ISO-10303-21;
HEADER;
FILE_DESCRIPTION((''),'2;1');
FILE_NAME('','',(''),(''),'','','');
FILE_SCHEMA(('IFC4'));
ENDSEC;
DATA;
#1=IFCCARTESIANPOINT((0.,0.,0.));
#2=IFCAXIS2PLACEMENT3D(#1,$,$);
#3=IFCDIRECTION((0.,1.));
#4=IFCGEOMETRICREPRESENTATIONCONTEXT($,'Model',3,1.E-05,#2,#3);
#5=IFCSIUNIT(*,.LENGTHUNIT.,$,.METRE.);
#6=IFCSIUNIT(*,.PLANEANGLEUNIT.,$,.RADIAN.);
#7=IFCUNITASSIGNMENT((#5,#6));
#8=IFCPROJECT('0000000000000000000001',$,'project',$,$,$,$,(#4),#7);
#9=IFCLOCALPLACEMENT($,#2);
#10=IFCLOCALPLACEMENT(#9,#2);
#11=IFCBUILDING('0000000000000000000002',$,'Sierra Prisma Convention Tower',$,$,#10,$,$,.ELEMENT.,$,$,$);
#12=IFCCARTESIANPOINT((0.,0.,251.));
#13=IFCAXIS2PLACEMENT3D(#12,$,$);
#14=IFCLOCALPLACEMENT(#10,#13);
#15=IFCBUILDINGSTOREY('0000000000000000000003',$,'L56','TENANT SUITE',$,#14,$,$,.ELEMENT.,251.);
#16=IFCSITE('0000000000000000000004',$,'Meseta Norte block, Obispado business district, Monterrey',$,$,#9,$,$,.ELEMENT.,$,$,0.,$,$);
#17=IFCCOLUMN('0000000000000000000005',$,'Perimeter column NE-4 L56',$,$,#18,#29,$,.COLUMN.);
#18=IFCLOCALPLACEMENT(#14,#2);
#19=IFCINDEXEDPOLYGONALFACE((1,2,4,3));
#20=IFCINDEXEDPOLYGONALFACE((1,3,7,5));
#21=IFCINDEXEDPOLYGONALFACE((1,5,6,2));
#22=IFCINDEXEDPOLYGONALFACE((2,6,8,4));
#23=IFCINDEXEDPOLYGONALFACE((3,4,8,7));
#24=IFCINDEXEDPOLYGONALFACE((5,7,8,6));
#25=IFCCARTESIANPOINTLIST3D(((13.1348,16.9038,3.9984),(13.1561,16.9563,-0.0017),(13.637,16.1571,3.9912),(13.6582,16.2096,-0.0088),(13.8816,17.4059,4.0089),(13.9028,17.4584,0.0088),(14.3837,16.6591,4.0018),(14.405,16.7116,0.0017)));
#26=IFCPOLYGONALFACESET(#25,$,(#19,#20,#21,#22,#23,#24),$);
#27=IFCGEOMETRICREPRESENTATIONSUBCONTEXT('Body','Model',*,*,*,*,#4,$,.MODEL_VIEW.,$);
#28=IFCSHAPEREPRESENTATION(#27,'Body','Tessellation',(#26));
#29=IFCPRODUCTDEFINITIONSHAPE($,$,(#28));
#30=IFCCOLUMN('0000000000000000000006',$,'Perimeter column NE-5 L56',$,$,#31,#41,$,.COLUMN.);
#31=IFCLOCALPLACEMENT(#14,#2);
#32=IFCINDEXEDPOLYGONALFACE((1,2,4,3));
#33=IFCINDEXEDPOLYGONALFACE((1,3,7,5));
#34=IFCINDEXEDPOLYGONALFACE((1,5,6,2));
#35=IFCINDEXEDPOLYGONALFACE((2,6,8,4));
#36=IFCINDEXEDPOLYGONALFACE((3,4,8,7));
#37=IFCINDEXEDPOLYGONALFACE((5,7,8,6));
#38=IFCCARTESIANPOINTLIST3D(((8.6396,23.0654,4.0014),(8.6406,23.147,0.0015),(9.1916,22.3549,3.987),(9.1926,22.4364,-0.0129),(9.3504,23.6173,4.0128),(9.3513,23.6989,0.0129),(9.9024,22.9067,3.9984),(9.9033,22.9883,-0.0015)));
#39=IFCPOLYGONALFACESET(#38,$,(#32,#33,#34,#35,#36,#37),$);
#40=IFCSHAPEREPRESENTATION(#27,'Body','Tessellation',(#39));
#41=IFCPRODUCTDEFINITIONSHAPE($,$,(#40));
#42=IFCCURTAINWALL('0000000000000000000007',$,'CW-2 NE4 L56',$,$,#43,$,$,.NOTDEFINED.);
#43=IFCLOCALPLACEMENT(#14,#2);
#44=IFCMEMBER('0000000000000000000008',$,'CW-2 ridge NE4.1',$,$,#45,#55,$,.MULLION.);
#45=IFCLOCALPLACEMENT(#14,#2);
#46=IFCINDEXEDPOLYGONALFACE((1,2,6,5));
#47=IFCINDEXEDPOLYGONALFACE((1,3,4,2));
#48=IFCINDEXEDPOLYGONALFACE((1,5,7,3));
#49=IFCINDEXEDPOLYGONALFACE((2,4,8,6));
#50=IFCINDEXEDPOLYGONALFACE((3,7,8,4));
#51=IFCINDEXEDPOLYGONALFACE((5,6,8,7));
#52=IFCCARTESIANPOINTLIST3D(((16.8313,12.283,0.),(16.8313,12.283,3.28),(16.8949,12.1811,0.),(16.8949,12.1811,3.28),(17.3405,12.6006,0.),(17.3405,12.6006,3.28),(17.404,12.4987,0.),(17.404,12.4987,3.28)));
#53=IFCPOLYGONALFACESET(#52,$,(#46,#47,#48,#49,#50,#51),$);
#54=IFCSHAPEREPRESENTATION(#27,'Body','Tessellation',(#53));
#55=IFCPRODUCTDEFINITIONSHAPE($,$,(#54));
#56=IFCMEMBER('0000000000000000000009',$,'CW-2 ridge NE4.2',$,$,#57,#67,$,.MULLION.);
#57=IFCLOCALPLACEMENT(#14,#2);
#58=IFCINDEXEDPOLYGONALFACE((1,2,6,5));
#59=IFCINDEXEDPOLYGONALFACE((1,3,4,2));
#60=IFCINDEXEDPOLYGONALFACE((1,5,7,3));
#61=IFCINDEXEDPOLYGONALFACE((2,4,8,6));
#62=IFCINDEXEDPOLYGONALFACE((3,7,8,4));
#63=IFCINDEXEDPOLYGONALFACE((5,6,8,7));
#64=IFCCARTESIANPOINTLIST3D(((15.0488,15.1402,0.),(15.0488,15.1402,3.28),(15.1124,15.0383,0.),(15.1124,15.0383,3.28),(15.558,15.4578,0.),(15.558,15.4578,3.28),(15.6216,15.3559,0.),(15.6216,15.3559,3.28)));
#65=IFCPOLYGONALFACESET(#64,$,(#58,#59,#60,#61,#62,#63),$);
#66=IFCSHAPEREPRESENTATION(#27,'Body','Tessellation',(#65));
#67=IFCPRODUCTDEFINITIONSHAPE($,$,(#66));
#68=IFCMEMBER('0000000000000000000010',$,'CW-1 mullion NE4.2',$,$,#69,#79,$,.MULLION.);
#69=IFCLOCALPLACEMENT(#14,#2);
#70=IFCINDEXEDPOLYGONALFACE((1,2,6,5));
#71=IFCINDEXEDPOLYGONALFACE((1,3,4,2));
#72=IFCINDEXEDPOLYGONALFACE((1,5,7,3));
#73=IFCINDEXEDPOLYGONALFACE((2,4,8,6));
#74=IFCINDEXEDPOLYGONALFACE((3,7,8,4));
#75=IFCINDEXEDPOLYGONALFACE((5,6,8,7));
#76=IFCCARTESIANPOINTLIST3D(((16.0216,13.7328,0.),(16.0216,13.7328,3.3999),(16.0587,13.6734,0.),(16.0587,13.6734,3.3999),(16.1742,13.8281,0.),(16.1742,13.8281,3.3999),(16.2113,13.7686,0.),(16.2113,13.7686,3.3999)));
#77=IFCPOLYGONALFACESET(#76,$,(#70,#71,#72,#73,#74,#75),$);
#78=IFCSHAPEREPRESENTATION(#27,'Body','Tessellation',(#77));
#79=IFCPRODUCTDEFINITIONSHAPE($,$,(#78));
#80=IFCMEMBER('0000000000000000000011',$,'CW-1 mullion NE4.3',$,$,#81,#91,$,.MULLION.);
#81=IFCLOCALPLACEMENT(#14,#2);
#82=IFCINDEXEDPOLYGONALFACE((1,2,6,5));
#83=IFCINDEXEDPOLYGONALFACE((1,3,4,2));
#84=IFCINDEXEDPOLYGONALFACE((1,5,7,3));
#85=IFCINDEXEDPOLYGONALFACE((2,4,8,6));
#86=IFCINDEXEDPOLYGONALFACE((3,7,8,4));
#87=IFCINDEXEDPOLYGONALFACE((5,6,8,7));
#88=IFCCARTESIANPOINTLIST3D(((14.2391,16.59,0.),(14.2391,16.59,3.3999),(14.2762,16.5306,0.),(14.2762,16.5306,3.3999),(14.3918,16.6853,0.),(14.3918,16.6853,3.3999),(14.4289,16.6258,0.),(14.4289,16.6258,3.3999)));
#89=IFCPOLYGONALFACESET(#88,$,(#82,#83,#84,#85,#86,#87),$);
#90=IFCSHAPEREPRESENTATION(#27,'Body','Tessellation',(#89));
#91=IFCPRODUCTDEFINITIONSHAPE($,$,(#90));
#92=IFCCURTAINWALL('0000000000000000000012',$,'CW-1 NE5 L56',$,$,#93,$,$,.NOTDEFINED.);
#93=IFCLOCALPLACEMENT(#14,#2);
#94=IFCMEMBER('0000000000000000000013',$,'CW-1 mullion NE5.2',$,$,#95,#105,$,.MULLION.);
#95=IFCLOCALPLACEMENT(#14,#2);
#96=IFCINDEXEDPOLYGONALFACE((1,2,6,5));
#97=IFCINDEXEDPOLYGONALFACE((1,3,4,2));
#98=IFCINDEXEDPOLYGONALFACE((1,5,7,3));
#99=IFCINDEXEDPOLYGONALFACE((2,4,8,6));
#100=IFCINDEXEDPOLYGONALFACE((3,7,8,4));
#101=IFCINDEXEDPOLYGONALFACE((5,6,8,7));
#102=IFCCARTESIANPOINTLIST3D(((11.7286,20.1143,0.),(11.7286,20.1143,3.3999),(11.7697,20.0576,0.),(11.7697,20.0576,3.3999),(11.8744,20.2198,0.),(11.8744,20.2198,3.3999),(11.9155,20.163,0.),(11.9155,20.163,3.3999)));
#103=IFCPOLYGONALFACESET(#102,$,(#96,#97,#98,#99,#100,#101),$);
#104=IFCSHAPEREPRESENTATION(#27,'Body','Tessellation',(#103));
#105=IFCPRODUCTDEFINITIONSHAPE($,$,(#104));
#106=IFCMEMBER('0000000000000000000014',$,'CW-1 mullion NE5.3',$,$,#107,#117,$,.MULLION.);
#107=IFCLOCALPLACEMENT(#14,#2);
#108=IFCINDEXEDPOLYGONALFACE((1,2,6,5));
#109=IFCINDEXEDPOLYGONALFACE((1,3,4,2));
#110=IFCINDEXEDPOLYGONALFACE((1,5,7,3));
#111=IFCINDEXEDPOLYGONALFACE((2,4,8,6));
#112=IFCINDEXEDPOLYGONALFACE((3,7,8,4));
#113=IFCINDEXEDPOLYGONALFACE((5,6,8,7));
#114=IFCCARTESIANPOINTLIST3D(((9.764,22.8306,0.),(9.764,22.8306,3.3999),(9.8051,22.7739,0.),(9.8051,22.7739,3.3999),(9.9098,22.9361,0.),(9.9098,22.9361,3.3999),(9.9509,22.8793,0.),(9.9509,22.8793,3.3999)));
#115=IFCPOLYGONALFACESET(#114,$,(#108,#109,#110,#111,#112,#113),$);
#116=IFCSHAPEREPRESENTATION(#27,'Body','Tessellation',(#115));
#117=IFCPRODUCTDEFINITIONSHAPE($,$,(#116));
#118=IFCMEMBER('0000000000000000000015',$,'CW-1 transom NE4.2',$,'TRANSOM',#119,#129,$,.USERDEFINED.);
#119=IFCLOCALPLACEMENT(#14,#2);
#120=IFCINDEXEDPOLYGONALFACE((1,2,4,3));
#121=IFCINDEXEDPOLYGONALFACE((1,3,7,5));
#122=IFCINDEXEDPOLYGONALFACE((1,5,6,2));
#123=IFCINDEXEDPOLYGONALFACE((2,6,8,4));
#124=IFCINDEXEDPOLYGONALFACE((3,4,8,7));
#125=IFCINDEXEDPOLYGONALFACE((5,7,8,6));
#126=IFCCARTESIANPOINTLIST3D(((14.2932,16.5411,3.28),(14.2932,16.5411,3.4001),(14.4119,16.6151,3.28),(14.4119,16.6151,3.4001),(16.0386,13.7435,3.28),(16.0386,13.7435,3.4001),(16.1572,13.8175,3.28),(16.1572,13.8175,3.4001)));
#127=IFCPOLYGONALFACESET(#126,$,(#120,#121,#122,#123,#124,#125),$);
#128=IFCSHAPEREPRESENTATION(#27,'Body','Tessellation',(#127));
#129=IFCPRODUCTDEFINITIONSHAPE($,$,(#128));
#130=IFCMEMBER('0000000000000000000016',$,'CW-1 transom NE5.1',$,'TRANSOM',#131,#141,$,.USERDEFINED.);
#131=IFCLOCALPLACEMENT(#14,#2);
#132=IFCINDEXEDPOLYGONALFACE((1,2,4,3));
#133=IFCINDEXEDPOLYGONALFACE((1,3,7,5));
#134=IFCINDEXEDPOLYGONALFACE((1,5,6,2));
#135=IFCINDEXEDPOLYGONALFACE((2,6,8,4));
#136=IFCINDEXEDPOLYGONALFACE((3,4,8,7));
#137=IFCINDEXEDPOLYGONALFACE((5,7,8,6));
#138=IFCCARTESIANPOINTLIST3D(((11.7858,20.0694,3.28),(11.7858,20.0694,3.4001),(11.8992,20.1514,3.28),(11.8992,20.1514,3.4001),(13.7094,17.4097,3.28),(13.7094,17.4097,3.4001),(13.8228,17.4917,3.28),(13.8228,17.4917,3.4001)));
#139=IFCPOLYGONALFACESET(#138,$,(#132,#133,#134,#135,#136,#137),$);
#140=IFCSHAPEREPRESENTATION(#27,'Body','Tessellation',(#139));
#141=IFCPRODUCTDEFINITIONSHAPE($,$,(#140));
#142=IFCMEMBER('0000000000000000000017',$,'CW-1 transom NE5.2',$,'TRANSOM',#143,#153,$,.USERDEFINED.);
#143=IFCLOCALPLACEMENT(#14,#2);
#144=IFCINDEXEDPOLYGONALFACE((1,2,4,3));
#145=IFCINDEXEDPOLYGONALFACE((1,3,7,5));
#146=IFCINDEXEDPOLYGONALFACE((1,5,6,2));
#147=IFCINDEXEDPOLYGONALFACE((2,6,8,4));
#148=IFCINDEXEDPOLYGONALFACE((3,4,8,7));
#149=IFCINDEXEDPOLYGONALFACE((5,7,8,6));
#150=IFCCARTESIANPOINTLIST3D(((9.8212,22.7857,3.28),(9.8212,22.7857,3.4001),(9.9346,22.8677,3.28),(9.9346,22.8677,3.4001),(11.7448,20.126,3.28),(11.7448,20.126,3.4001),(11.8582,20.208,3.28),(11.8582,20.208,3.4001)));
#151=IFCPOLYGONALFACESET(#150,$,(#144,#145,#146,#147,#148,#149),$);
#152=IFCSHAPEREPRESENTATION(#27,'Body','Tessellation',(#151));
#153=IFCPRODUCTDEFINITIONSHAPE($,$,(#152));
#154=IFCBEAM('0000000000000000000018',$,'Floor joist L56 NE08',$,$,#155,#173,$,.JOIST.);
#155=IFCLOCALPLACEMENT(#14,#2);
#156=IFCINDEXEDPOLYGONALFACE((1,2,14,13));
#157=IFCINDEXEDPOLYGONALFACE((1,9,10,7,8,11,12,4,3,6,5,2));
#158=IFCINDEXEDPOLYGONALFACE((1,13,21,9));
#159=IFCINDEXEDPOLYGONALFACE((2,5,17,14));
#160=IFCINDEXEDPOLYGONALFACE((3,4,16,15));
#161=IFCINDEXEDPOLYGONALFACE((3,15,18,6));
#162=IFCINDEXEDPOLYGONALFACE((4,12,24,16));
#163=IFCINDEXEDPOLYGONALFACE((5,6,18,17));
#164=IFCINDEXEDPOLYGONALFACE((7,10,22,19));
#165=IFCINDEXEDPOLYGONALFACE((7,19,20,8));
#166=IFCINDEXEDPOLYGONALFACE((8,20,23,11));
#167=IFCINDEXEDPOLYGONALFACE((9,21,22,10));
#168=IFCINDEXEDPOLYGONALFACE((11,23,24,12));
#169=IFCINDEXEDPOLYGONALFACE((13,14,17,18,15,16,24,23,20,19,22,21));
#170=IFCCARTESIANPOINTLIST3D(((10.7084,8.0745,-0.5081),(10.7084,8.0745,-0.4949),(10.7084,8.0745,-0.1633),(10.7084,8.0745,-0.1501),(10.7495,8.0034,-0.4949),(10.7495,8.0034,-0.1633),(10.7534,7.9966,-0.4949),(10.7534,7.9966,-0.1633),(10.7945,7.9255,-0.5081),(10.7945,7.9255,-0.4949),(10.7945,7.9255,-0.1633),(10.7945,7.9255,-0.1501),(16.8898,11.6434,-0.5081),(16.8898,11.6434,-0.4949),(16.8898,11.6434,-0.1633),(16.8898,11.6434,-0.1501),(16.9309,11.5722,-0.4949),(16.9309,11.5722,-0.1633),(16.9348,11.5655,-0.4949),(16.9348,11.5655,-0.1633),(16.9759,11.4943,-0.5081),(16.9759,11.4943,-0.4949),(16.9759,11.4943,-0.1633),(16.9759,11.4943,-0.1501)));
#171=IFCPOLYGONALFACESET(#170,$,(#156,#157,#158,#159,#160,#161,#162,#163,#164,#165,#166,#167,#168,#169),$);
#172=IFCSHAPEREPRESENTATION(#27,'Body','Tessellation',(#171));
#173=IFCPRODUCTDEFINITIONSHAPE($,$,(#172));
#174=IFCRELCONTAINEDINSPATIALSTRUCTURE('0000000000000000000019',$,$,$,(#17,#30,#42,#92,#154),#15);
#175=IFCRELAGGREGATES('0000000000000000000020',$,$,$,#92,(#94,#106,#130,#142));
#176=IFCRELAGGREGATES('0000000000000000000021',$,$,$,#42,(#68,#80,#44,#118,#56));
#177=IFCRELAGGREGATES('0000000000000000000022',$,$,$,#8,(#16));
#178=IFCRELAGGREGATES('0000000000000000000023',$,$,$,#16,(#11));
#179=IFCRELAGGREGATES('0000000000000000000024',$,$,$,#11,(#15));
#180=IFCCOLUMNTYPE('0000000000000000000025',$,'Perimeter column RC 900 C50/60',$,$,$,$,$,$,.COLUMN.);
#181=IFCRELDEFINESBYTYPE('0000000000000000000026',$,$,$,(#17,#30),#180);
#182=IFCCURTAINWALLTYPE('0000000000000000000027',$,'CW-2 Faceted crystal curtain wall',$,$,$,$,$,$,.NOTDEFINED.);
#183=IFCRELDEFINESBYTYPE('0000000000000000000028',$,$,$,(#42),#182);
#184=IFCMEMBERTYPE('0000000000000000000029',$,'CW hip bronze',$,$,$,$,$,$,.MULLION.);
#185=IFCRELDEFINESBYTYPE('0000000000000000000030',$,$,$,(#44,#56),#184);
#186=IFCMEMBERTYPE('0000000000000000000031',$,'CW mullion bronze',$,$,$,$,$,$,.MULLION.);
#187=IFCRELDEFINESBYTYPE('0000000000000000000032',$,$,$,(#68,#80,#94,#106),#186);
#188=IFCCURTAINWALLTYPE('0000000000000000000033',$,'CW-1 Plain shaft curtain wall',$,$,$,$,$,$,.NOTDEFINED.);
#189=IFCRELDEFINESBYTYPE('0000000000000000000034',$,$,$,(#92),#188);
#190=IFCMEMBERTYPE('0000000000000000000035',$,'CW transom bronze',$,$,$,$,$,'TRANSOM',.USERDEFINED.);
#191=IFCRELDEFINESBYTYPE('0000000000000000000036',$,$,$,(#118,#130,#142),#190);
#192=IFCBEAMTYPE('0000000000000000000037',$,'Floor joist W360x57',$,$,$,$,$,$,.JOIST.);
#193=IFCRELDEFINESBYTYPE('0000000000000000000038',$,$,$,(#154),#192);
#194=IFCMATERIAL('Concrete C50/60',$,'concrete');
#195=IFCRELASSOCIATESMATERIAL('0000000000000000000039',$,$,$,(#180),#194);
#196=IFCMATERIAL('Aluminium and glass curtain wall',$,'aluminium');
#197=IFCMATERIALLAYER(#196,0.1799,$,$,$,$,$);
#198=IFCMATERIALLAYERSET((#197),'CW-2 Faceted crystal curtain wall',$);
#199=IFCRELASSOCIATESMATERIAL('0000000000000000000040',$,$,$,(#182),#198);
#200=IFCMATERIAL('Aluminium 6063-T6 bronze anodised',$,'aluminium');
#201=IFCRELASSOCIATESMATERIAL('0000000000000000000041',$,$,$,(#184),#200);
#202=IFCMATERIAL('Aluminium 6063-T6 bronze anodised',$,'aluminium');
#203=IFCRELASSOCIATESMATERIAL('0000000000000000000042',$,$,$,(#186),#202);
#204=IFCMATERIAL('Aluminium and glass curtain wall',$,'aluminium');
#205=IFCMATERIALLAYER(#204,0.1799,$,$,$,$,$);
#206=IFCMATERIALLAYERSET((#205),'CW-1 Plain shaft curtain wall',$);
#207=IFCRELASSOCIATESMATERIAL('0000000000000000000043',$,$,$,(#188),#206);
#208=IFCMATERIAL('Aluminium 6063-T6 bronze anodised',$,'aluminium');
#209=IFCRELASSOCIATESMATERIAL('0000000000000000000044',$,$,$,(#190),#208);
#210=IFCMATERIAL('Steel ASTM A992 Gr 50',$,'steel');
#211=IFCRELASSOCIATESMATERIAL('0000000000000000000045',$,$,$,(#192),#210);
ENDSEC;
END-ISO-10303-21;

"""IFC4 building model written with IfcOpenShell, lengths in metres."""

from ifc_helpers import new_model, si_unit, direction, frame, origin, origin_2d, place, context, subcontext, project, spatial, rectangle, i_section, extrude, material, layer, layer_set, material_profile, profile_set, type_object, element, aggregate, save


model = new_model("IFC4")

# Units and contexts
model_context = context("Model", 3, precision=1e-05, world=origin(), true_north=direction((0.0, 1.0)))
body_context = subcontext(model_context, "Body", "Model", "MODEL_VIEW")
ifc_project = project(units=[si_unit("LENGTHUNIT", "METRE"), si_unit("PLANEANGLEUNIT", "RADIAN")], contexts=[model_context])

# Site, building, storey
site_placement = place(None, origin())
site = spatial("IfcSite", under=ifc_project, at=site_placement, Name="Meseta Norte block, Obispado business district, Monterrey", CompositionType="ELEMENT", RefElevation=0.0)
building_placement = place(site_placement, origin())
building = spatial("IfcBuilding", under=site, at=building_placement, Name="Sierra Prisma Convention Tower", CompositionType="ELEMENT")
storey_placement = place(building_placement, frame((0.0, 0.0, 251.0)))
storey = spatial("IfcBuildingStorey", under=building, at=storey_placement, Name="L56", Description="TENANT SUITE", CompositionType="ELEMENT", Elevation=251.0)

# Columns
ifc_material_1 = material(Name="Concrete C50/60", Category="concrete")
ifc_material_profile_1 = material_profile(ifc_material_1, rectangle(XDim=0.8999, YDim=0.8999, at=origin_2d()), Name="Perimeter column RC 900 C50/60")
ifc_profile_set_1 = profile_set([ifc_material_profile_1], Name="Concrete C50/60")
column_type = type_object("IfcColumnType", Name="Perimeter column RC 900 C50/60", PredefinedType="COLUMN", material=ifc_profile_set_1)
column_1_placement = place(storey_placement, frame((13.7805, 16.834, 0.0), z_axis=(-0.00531, -0.013121, 0.9999), x_axis=(-0.557997, 0.829805, 0.007926)))
element("IfcColumn", 1, at=column_1_placement, inside=storey, type_object=column_type, Name="Perimeter column NE-4 L56", PredefinedType="COLUMN", context=body_context, shape_type="SweptSolid", body=[
    extrude(rectangle(XDim=0.8999, YDim=0.8999, at=origin_2d()), origin(), (0.0, 0.0, 1.0), 4.0005),
])
column_2_placement = place(storey_placement, frame((9.272, 23.0676, 0.0), z_axis=(-0.000244, -0.020382, 0.999792), x_axis=(-0.613402, 0.78961, 0.015947)))
element("IfcColumn", 2, at=column_2_placement, inside=storey, type_object=column_type, Name="Perimeter column NE-5 L56", PredefinedType="COLUMN", context=body_context, shape_type="SweptSolid", body=[
    extrude(rectangle(XDim=0.8999, YDim=0.8999, at=origin_2d()), origin(), (0.0, 0.0, 1.0), 4.0007),
])

# Curtain walls, members
ifc_material_2 = material(Name="Aluminium and glass curtain wall", Category="aluminium")
ifc_layer_1 = layer(ifc_material_2, 0.1799)
ifc_layer_set_1 = layer_set([ifc_layer_1], Name="CW-2 Faceted crystal curtain wall")
curtain_wall_type_1 = type_object("IfcCurtainWallType", Name="CW-2 Faceted crystal curtain wall", PredefinedType="NOTDEFINED", material=ifc_layer_set_1)
curtain_wall_1_placement = place(storey_placement, origin())
curtain_wall_1 = element("IfcCurtainWall", 3, at=curtain_wall_1_placement, inside=storey, type_object=curtain_wall_type_1, Name="CW-2 NE4 L56", PredefinedType="NOTDEFINED")
ifc_material_3 = material(Name="Aluminium 6063-T6 bronze anodised", Category="aluminium")
ifc_material_profile_2 = material_profile(ifc_material_3, rectangle(XDim=0.1201, YDim=0.6001, at=origin_2d()), Name="ALU RIDGE BLADE 120x600")
ifc_profile_set_2 = profile_set([ifc_material_profile_2], Name="Aluminium 6063-T6 bronze anodised")
member_type_1 = type_object("IfcMemberType", Name="CW hip bronze", PredefinedType="MULLION", material=ifc_profile_set_2)
member_1_placement = place(storey_placement, frame((17.1177, 12.3909, 0.0), z_axis=(0.0, 0.0, 1.0), x_axis=(-0.529312, 0.848427, 0.0)))
member_1 = element("IfcMember", 4, at=member_1_placement, type_object=member_type_1, Name="CW-2 ridge NE4.1", PredefinedType="MULLION", context=body_context, shape_type="SweptSolid", body=[
    extrude(rectangle(XDim=0.1201, YDim=0.6001, at=origin_2d()), origin(), (0.0, 0.0, 1.0), 3.28),
])
member_2_placement = place(storey_placement, frame((15.3352, 15.248, 0.0), z_axis=(0.0, 0.0, 1.0), x_axis=(-0.529312, 0.848427, 0.0)))
member_2 = element("IfcMember", 5, at=member_2_placement, type_object=member_type_1, Name="CW-2 ridge NE4.2", PredefinedType="MULLION", context=body_context, shape_type="SweptSolid", body=[
    extrude(rectangle(XDim=0.1201, YDim=0.6001, at=origin_2d()), origin(), (0.0, 0.0, 1.0), 3.28),
])
ifc_material_4 = material(Name="Aluminium 6063-T6 bronze anodised", Category="aluminium")
ifc_material_profile_3 = material_profile(ifc_material_4, rectangle(XDim=0.1799, YDim=0.0701, at=origin_2d()), Name="ALU MULLION 70x180")
ifc_profile_set_3 = profile_set([ifc_material_profile_3], Name="Aluminium 6063-T6 bronze anodised")
member_type_2 = type_object("IfcMemberType", Name="CW mullion bronze", PredefinedType="MULLION", material=ifc_profile_set_3)
member_3_placement = place(storey_placement, frame((16.1165, 13.7507, 0.0), z_axis=(0.0, 0.0, 1.0), x_axis=(-0.848427, -0.529312, 0.0)))
member_3 = element("IfcMember", 6, at=member_3_placement, type_object=member_type_2, Name="CW-1 mullion NE4.2", PredefinedType="MULLION", context=body_context, shape_type="SweptSolid", body=[
    extrude(rectangle(XDim=0.1799, YDim=0.0701, at=origin_2d()), origin(), (0.0, 0.0, 1.0), 3.3999),
])
member_4_placement = place(storey_placement, frame((14.334, 16.6079, 0.0), z_axis=(0.0, 0.0, 1.0), x_axis=(-0.848427, -0.529312, 0.0)))
member_4 = element("IfcMember", 7, at=member_4_placement, type_object=member_type_2, Name="CW-1 mullion NE4.3", PredefinedType="MULLION", context=body_context, shape_type="SweptSolid", body=[
    extrude(rectangle(XDim=0.1799, YDim=0.0701, at=origin_2d()), origin(), (0.0, 0.0, 1.0), 3.3999),
])
ifc_material_5 = material(Name="Aluminium and glass curtain wall", Category="aluminium")
ifc_layer_2 = layer(ifc_material_5, 0.1799)
ifc_layer_set_2 = layer_set([ifc_layer_2], Name="CW-1 Plain shaft curtain wall")
curtain_wall_type_2 = type_object("IfcCurtainWallType", Name="CW-1 Plain shaft curtain wall", PredefinedType="NOTDEFINED", material=ifc_layer_set_2)
curtain_wall_2_placement = place(storey_placement, origin())
curtain_wall_2 = element("IfcCurtainWall", 8, at=curtain_wall_2_placement, inside=storey, type_object=curtain_wall_type_2, Name="CW-1 NE5 L56", PredefinedType="NOTDEFINED")
member_5_placement = place(storey_placement, frame((11.822, 20.1387, 0.0), z_axis=(0.0, 0.0, 1.0), x_axis=(-0.810278, -0.586046, 0.0)))
member_5 = element("IfcMember", 9, at=member_5_placement, type_object=member_type_2, Name="CW-1 mullion NE5.2", PredefinedType="MULLION", context=body_context, shape_type="SweptSolid", body=[
    extrude(rectangle(XDim=0.1799, YDim=0.0701, at=origin_2d()), origin(), (0.0, 0.0, 1.0), 3.3999),
])
member_6_placement = place(storey_placement, frame((9.8574, 22.855, 0.0), z_axis=(0.0, 0.0, 1.0), x_axis=(-0.810278, -0.586046, 0.0)))
member_6 = element("IfcMember", 10, at=member_6_placement, type_object=member_type_2, Name="CW-1 mullion NE5.3", PredefinedType="MULLION", context=body_context, shape_type="SweptSolid", body=[
    extrude(rectangle(XDim=0.1799, YDim=0.0701, at=origin_2d()), origin(), (0.0, 0.0, 1.0), 3.3999),
])

# Members
ifc_material_6 = material(Name="Aluminium 6063-T6 bronze anodised", Category="aluminium")
ifc_material_profile_4 = material_profile(ifc_material_6, rectangle(XDim=0.1399, YDim=0.1201, at=origin_2d()), Name="ALU TRANSOM 120x140")
ifc_profile_set_4 = profile_set([ifc_material_profile_4], Name="Aluminium 6063-T6 bronze anodised")
member_type_3 = type_object("IfcMemberType", Name="CW transom bronze", ElementType="TRANSOM", PredefinedType="USERDEFINED", material=ifc_profile_set_4)
member_7_placement = place(storey_placement, frame((16.0979, 13.7805, 3.3401), z_axis=(-0.529313, 0.848426, 0.0), x_axis=(-0.848426, -0.529313, 0.0)))
member_7 = element("IfcMember", 11, at=member_7_placement, type_object=member_type_3, Name="CW-1 transom NE4.2", ObjectType="TRANSOM", PredefinedType="USERDEFINED", context=body_context, shape_type="SweptSolid", body=[
    extrude(rectangle(XDim=0.1399, YDim=0.1201, at=origin_2d()), origin(), (0.0, 0.0, 1.0), 3.2974),
])
member_8_placement = place(storey_placement, frame((13.7661, 17.4507, 3.3401), z_axis=(-0.586034, 0.810287, 0.0), x_axis=(-0.810287, -0.586034, 0.0)))
member_8 = element("IfcMember", 12, at=member_8_placement, type_object=member_type_3, Name="CW-1 transom NE5.1", ObjectType="TRANSOM", PredefinedType="USERDEFINED", context=body_context, shape_type="SweptSolid", body=[
    extrude(rectangle(XDim=0.1399, YDim=0.1201, at=origin_2d()), origin(), (0.0, 0.0, 1.0), 3.2825),
])
member_9_placement = place(storey_placement, frame((11.8015, 20.167, 3.3401), z_axis=(-0.586034, 0.810287, 0.0), x_axis=(-0.810287, -0.586034, 0.0)))
member_9 = element("IfcMember", 13, at=member_9_placement, type_object=member_type_3, Name="CW-1 transom NE5.2", ObjectType="TRANSOM", PredefinedType="USERDEFINED", context=body_context, shape_type="SweptSolid", body=[
    extrude(rectangle(XDim=0.1399, YDim=0.1201, at=origin_2d()), origin(), (0.0, 0.0, 1.0), 3.2825),
])

# Beam
ifc_material_7 = material(Name="Steel ASTM A992 Gr 50", Category="steel")
ifc_material_profile_5 = material_profile(ifc_material_7, i_section(OverallWidth=0.1721, OverallDepth=0.3579, WebThickness=0.0078, FlangeThickness=0.0132, at=origin_2d()), Name="W360x57")
ifc_profile_set_5 = profile_set([ifc_material_profile_5], Name="Steel ASTM A992 Gr 50")
beam_type_1 = type_object("IfcBeamType", Name="Floor joist W360x57", PredefinedType="JOIST", material=ifc_profile_set_5)
beam_1_placement = place(storey_placement, frame((16.9329, 11.5688, -0.3291), z_axis=(-0.866024, -0.500002, 0.0), x_axis=(0.500002, -0.866024, 0.0)))
element("IfcBeam", 14, at=beam_1_placement, inside=storey, type_object=beam_type_1, Name="Floor joist L56 NE08", PredefinedType="JOIST", context=body_context, shape_type="SweptSolid", body=[
    extrude(i_section(OverallWidth=0.1721, OverallDepth=0.3579, WebThickness=0.0078, FlangeThickness=0.0132, at=origin_2d()), origin(), (0.0, 0.0, 1.0), 7.1377),
])

aggregate(curtain_wall_2, [member_5, member_6, member_8, member_9])
aggregate(curtain_wall_1, [member_3, member_4, member_1, member_7, member_2])

save(model, "model.ifc")
